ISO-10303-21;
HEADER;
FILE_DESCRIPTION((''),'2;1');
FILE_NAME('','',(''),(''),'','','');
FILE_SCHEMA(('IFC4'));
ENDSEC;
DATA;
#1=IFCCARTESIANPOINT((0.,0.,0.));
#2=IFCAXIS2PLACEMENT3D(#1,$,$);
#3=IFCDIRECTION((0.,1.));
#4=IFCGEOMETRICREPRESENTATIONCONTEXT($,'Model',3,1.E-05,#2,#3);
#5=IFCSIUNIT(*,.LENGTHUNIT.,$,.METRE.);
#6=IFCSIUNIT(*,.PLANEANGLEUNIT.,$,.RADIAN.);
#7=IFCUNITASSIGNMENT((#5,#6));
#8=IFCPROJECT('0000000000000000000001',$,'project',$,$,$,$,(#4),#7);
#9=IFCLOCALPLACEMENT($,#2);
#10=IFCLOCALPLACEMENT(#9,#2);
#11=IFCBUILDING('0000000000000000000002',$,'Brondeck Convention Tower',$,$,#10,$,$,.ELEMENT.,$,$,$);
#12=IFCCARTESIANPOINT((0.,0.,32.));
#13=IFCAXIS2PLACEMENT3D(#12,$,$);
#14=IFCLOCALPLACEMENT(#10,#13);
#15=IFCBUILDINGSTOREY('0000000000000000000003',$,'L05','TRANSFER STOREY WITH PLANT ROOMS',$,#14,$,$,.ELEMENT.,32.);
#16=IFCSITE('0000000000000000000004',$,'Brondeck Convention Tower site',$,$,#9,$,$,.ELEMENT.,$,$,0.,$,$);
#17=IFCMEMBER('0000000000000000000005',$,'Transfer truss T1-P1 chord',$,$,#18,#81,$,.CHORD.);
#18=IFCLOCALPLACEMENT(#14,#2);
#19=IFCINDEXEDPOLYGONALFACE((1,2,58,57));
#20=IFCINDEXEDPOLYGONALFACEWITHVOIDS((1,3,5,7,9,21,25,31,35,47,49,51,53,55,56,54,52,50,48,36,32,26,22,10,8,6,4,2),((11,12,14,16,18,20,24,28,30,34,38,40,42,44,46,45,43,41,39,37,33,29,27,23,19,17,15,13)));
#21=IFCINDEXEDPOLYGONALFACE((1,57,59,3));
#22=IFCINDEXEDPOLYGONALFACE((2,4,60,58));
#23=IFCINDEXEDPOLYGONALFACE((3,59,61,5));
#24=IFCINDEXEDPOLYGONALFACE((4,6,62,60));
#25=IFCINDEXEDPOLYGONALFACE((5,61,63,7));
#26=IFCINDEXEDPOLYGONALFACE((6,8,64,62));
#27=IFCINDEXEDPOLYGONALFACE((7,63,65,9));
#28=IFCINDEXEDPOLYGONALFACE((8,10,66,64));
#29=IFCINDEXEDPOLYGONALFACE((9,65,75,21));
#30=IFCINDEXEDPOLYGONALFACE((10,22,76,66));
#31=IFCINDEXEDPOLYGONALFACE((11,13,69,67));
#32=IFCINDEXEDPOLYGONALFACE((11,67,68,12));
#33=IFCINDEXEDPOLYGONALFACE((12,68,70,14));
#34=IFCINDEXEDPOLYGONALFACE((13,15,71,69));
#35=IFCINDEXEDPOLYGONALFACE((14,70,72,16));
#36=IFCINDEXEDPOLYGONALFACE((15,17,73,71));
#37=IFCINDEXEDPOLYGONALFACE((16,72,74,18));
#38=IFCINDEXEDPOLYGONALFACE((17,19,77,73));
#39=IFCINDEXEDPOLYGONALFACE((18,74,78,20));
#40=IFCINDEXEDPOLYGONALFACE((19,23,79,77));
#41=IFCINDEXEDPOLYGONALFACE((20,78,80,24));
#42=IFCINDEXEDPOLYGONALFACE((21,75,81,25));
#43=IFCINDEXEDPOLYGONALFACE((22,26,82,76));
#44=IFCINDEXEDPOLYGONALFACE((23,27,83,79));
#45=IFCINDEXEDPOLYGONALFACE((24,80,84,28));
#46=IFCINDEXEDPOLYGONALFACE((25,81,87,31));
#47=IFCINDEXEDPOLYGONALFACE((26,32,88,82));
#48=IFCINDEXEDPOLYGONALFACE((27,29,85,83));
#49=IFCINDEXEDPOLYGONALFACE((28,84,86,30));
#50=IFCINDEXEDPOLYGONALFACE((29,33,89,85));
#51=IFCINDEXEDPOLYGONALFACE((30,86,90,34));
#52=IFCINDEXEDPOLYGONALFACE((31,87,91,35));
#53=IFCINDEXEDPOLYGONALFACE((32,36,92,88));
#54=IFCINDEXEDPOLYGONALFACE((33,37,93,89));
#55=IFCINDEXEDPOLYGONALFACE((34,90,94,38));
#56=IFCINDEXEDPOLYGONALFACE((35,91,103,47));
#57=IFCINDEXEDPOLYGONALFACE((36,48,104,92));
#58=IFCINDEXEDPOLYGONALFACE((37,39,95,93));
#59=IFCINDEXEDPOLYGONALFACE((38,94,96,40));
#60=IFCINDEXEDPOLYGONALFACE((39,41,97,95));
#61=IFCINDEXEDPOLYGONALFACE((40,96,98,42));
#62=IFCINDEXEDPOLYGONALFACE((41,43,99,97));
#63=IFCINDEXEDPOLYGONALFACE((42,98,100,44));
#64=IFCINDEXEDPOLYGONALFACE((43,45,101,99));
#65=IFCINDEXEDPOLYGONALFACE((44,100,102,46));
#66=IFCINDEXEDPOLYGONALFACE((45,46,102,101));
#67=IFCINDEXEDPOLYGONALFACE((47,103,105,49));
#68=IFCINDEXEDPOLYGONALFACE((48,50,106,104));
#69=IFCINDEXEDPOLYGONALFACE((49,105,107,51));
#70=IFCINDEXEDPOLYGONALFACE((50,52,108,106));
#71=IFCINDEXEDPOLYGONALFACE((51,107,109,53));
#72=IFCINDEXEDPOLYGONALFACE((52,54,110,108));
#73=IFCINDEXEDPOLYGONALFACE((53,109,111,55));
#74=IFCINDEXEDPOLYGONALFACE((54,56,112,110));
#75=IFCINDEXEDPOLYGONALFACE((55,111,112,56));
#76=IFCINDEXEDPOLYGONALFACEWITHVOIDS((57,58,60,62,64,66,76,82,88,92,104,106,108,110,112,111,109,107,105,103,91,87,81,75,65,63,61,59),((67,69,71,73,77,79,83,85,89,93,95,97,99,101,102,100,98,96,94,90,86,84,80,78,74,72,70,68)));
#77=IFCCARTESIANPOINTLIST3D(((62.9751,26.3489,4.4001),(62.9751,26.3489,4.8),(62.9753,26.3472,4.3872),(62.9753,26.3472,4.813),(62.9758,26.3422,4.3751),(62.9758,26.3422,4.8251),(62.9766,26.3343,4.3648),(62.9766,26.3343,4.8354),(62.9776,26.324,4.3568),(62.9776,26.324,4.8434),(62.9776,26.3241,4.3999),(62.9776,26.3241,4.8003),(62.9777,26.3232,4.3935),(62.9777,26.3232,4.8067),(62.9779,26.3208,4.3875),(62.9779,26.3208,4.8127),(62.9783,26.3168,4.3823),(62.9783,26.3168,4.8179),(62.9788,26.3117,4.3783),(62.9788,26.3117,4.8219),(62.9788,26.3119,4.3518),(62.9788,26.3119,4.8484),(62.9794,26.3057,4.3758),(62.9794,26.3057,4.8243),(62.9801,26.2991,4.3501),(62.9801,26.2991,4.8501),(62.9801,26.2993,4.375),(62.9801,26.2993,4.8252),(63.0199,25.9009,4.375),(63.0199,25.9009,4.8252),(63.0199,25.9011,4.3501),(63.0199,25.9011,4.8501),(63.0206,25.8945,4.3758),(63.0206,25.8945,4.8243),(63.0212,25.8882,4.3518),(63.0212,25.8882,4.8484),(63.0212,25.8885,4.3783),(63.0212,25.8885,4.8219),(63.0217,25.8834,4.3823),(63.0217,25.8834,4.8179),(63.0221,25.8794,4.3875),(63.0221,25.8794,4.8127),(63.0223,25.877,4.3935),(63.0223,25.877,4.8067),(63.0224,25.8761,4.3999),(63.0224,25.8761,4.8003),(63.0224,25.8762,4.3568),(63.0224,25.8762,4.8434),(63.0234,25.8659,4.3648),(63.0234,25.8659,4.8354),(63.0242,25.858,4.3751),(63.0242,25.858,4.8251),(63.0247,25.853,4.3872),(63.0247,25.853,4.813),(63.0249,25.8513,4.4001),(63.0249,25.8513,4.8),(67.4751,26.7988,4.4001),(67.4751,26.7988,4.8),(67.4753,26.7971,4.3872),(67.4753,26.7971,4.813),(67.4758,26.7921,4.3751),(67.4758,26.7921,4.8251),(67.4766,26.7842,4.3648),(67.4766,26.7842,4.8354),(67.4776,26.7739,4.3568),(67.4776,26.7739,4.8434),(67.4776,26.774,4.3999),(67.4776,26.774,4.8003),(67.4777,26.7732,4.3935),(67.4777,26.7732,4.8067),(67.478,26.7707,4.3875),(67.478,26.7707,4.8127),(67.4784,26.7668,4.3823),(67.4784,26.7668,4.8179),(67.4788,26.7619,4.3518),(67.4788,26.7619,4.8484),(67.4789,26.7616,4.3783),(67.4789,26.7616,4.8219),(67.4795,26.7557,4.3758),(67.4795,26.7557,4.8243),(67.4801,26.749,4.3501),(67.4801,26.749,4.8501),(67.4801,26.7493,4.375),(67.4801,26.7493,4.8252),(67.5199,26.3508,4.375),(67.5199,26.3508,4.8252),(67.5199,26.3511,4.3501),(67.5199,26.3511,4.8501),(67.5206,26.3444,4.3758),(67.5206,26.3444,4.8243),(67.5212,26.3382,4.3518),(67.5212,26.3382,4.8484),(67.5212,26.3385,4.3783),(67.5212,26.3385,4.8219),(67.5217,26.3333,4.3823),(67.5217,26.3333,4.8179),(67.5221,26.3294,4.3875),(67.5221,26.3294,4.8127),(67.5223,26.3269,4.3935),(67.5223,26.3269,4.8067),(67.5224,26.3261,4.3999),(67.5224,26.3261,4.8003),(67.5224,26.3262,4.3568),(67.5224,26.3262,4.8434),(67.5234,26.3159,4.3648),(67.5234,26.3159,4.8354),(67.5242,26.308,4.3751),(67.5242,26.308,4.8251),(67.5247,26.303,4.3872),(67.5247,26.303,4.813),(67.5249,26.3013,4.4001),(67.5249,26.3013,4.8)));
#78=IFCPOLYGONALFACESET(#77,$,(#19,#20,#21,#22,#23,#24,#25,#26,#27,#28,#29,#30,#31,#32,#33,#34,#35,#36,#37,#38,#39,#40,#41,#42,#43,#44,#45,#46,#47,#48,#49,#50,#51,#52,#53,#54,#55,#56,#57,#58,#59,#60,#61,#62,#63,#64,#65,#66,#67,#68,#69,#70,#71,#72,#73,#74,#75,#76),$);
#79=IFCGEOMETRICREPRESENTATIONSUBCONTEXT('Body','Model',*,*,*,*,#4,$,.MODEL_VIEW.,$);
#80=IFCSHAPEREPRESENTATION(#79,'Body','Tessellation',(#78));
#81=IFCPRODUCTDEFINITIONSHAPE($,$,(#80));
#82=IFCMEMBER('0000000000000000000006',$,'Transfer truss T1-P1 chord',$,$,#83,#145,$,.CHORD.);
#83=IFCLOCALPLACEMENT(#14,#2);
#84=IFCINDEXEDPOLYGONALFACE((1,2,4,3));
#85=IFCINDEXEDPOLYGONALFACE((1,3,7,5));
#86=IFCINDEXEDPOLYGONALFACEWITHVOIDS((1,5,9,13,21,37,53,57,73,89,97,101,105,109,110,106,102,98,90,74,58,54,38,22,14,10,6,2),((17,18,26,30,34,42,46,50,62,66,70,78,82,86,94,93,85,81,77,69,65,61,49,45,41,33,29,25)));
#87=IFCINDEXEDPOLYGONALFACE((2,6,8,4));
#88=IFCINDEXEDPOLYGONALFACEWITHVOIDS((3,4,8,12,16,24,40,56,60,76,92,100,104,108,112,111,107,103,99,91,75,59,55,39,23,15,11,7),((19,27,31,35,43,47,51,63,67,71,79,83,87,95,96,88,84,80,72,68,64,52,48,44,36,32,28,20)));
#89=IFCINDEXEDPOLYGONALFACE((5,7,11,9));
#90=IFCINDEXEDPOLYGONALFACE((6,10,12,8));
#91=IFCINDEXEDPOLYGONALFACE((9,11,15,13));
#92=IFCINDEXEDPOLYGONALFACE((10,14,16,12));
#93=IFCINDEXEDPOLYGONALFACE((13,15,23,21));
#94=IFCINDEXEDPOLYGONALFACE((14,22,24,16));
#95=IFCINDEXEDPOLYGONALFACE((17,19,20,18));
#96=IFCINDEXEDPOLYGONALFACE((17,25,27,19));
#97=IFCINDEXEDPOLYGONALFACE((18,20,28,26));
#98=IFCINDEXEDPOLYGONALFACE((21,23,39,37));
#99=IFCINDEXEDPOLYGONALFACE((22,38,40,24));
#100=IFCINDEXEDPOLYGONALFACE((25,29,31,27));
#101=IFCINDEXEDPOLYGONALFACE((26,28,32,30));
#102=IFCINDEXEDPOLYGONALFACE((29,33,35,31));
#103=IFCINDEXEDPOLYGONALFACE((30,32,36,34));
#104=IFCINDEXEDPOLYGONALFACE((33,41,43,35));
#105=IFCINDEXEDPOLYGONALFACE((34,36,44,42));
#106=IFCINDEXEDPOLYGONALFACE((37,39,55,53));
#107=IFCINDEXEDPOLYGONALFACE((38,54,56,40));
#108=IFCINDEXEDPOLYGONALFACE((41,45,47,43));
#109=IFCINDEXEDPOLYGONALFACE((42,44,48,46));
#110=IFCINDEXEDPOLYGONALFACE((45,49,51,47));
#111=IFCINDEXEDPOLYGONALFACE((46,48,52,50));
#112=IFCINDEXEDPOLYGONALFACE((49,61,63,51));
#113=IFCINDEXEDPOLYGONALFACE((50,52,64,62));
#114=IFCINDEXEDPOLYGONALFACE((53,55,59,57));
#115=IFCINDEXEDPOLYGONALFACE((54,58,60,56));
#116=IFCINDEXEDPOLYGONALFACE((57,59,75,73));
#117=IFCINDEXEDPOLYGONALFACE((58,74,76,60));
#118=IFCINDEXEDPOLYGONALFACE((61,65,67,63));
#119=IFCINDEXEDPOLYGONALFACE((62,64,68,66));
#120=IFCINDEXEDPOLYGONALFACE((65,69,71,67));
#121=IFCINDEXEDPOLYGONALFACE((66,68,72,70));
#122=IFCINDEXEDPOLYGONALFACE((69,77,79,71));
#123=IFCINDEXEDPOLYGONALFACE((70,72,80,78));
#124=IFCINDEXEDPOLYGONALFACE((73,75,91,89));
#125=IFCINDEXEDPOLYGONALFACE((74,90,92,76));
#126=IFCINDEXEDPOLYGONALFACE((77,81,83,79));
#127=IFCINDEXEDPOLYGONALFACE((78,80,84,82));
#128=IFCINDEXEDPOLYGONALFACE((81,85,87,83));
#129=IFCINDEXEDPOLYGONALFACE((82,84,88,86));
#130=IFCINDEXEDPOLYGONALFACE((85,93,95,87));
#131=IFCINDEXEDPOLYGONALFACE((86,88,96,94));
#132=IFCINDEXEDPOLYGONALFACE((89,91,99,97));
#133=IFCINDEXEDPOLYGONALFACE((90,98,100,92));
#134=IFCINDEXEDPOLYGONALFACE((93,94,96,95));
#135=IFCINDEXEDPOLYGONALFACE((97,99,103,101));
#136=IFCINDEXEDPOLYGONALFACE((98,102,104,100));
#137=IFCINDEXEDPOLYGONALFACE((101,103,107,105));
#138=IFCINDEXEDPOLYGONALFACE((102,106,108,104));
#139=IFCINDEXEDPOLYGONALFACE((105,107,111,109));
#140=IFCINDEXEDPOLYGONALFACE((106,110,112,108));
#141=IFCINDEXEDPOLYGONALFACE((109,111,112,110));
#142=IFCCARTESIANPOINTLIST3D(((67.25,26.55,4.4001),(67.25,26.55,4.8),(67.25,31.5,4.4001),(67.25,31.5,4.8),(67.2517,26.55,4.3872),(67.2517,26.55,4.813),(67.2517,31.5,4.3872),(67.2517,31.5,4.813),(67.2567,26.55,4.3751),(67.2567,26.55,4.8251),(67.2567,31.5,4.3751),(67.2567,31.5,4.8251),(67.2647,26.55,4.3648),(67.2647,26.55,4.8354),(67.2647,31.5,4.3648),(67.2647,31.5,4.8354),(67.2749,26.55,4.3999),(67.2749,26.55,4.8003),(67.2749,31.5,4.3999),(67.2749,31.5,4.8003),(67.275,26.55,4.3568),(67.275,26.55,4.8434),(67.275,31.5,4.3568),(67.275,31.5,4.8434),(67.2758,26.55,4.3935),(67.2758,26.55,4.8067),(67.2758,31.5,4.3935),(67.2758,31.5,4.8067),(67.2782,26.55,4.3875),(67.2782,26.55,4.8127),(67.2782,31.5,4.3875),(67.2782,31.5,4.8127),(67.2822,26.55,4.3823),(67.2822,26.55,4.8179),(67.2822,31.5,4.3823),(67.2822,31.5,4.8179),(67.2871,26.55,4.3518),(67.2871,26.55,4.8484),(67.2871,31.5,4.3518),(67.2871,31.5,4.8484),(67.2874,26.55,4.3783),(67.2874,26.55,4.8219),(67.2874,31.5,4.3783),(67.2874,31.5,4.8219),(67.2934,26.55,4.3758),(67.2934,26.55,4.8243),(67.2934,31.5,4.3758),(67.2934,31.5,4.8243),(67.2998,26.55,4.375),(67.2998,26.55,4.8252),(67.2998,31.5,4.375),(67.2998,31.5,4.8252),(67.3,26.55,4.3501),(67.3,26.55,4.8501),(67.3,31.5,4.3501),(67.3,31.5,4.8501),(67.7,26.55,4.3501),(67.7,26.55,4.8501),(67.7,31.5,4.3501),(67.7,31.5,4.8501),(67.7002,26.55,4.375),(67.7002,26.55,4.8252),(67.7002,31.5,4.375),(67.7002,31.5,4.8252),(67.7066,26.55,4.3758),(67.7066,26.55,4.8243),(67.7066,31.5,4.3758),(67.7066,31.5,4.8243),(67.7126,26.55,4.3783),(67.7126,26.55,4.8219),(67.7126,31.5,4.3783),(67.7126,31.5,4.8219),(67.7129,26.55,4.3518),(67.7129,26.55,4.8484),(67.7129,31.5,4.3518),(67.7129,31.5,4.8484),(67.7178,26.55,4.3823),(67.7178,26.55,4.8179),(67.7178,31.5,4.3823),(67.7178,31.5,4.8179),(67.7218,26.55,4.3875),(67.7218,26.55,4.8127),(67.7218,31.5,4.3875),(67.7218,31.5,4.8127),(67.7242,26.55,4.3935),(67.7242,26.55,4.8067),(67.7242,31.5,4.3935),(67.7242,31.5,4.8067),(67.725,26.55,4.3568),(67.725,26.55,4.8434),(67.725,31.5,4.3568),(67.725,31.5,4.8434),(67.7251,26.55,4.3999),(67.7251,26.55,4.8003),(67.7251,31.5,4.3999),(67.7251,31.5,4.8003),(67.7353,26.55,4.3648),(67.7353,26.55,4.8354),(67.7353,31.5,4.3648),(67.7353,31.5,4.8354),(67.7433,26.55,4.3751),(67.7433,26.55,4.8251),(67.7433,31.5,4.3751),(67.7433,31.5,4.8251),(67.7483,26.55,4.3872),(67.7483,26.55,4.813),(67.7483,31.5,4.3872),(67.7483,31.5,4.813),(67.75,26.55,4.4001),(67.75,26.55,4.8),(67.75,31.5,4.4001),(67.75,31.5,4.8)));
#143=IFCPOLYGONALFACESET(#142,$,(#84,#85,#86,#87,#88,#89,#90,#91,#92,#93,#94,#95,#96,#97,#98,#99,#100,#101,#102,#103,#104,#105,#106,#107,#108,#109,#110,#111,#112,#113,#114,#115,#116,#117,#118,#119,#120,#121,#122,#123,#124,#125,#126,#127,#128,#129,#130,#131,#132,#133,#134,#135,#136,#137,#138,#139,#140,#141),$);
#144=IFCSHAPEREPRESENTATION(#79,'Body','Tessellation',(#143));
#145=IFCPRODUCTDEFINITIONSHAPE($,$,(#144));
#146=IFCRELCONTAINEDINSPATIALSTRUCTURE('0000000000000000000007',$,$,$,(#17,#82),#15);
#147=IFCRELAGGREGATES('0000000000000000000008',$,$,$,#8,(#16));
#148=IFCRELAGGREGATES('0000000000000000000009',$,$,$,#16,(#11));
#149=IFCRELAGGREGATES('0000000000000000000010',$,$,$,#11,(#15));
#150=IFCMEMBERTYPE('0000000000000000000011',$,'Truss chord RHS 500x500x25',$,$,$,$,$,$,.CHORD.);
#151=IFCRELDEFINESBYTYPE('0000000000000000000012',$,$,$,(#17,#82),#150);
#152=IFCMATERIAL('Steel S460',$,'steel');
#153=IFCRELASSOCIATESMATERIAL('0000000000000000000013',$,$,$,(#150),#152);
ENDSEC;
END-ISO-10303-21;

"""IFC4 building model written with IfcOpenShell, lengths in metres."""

from ifc_helpers import new_model, si_unit, direction, frame, origin, origin_2d, place, context, subcontext, project, spatial, hollow_rectangle, extrude, material, material_profile, profile_set, type_object, element, save


model = new_model("IFC4")

# Units and contexts
model_context = context("Model", 3, precision=1e-05, world=origin(), true_north=direction((0.0, 1.0)))
body_context = subcontext(model_context, "Body", "Model", "MODEL_VIEW")
ifc_project = project(units=[si_unit("LENGTHUNIT", "METRE"), si_unit("PLANEANGLEUNIT", "RADIAN")], contexts=[model_context])

# Site, building, storey
site_placement = place(None, origin())
site = spatial("IfcSite", under=ifc_project, at=site_placement, Name="Brondeck Convention Tower site", CompositionType="ELEMENT", RefElevation=0.0)
building_placement = place(site_placement, origin())
building = spatial("IfcBuilding", under=site, at=building_placement, Name="Brondeck Convention Tower", CompositionType="ELEMENT")
storey_placement = place(building_placement, frame((0.0, 0.0, 32.0)))
storey = spatial("IfcBuildingStorey", under=building, at=storey_placement, Name="L05", Description="TRANSFER STOREY WITH PLANT ROOMS", CompositionType="ELEMENT", Elevation=32.0)

# Shared definitions
ifc_material_1 = material(Name="Steel S460", Category="steel")

# Members
ifc_material_profile_1 = material_profile(ifc_material_1, hollow_rectangle(XDim=0.5, YDim=0.5, WallThickness=0.0249, InnerFilletRadius=0.0249, OuterFilletRadius=0.05, at=origin_2d()), Name="RHS 500x500x25")
ifc_profile_set_1 = profile_set([ifc_material_profile_1], Name="Steel S460")
member_type_1 = type_object("IfcMemberType", Name="Truss chord RHS 500x500x25", PredefinedType="CHORD", material=ifc_profile_set_1)
member_1_placement = place(storey_placement, frame((63.0, 26.1001, 4.6001), z_axis=(0.995038, 0.099493, 0.0), x_axis=(-0.099493, 0.995038, 0.0)))
element("IfcMember", 1, at=member_1_placement, inside=storey, type_object=member_type_1, Name="Transfer truss T1-P1 chord", PredefinedType="CHORD", context=body_context, shape_type="SweptSolid", body=[
    extrude(hollow_rectangle(XDim=0.5, YDim=0.5, WallThickness=0.0249, InnerFilletRadius=0.0249, OuterFilletRadius=0.05, at=origin_2d()), origin(), (0.0, 0.0, 1.0), 4.5225),
])
member_2_placement = place(storey_placement, frame((67.5, 26.55, 4.6001), z_axis=(0.0, 1.0, 0.0), x_axis=(-1.0, 0.0, 0.0)))
element("IfcMember", 2, at=member_2_placement, inside=storey, type_object=member_type_1, Name="Transfer truss T1-P1 chord", PredefinedType="CHORD", context=body_context, shape_type="SweptSolid", body=[
    extrude(hollow_rectangle(XDim=0.5, YDim=0.5, WallThickness=0.0249, InnerFilletRadius=0.0249, OuterFilletRadius=0.05, at=origin_2d()), origin(), (0.0, 0.0, 1.0), 4.95),
])

save(model, "model.ifc")
